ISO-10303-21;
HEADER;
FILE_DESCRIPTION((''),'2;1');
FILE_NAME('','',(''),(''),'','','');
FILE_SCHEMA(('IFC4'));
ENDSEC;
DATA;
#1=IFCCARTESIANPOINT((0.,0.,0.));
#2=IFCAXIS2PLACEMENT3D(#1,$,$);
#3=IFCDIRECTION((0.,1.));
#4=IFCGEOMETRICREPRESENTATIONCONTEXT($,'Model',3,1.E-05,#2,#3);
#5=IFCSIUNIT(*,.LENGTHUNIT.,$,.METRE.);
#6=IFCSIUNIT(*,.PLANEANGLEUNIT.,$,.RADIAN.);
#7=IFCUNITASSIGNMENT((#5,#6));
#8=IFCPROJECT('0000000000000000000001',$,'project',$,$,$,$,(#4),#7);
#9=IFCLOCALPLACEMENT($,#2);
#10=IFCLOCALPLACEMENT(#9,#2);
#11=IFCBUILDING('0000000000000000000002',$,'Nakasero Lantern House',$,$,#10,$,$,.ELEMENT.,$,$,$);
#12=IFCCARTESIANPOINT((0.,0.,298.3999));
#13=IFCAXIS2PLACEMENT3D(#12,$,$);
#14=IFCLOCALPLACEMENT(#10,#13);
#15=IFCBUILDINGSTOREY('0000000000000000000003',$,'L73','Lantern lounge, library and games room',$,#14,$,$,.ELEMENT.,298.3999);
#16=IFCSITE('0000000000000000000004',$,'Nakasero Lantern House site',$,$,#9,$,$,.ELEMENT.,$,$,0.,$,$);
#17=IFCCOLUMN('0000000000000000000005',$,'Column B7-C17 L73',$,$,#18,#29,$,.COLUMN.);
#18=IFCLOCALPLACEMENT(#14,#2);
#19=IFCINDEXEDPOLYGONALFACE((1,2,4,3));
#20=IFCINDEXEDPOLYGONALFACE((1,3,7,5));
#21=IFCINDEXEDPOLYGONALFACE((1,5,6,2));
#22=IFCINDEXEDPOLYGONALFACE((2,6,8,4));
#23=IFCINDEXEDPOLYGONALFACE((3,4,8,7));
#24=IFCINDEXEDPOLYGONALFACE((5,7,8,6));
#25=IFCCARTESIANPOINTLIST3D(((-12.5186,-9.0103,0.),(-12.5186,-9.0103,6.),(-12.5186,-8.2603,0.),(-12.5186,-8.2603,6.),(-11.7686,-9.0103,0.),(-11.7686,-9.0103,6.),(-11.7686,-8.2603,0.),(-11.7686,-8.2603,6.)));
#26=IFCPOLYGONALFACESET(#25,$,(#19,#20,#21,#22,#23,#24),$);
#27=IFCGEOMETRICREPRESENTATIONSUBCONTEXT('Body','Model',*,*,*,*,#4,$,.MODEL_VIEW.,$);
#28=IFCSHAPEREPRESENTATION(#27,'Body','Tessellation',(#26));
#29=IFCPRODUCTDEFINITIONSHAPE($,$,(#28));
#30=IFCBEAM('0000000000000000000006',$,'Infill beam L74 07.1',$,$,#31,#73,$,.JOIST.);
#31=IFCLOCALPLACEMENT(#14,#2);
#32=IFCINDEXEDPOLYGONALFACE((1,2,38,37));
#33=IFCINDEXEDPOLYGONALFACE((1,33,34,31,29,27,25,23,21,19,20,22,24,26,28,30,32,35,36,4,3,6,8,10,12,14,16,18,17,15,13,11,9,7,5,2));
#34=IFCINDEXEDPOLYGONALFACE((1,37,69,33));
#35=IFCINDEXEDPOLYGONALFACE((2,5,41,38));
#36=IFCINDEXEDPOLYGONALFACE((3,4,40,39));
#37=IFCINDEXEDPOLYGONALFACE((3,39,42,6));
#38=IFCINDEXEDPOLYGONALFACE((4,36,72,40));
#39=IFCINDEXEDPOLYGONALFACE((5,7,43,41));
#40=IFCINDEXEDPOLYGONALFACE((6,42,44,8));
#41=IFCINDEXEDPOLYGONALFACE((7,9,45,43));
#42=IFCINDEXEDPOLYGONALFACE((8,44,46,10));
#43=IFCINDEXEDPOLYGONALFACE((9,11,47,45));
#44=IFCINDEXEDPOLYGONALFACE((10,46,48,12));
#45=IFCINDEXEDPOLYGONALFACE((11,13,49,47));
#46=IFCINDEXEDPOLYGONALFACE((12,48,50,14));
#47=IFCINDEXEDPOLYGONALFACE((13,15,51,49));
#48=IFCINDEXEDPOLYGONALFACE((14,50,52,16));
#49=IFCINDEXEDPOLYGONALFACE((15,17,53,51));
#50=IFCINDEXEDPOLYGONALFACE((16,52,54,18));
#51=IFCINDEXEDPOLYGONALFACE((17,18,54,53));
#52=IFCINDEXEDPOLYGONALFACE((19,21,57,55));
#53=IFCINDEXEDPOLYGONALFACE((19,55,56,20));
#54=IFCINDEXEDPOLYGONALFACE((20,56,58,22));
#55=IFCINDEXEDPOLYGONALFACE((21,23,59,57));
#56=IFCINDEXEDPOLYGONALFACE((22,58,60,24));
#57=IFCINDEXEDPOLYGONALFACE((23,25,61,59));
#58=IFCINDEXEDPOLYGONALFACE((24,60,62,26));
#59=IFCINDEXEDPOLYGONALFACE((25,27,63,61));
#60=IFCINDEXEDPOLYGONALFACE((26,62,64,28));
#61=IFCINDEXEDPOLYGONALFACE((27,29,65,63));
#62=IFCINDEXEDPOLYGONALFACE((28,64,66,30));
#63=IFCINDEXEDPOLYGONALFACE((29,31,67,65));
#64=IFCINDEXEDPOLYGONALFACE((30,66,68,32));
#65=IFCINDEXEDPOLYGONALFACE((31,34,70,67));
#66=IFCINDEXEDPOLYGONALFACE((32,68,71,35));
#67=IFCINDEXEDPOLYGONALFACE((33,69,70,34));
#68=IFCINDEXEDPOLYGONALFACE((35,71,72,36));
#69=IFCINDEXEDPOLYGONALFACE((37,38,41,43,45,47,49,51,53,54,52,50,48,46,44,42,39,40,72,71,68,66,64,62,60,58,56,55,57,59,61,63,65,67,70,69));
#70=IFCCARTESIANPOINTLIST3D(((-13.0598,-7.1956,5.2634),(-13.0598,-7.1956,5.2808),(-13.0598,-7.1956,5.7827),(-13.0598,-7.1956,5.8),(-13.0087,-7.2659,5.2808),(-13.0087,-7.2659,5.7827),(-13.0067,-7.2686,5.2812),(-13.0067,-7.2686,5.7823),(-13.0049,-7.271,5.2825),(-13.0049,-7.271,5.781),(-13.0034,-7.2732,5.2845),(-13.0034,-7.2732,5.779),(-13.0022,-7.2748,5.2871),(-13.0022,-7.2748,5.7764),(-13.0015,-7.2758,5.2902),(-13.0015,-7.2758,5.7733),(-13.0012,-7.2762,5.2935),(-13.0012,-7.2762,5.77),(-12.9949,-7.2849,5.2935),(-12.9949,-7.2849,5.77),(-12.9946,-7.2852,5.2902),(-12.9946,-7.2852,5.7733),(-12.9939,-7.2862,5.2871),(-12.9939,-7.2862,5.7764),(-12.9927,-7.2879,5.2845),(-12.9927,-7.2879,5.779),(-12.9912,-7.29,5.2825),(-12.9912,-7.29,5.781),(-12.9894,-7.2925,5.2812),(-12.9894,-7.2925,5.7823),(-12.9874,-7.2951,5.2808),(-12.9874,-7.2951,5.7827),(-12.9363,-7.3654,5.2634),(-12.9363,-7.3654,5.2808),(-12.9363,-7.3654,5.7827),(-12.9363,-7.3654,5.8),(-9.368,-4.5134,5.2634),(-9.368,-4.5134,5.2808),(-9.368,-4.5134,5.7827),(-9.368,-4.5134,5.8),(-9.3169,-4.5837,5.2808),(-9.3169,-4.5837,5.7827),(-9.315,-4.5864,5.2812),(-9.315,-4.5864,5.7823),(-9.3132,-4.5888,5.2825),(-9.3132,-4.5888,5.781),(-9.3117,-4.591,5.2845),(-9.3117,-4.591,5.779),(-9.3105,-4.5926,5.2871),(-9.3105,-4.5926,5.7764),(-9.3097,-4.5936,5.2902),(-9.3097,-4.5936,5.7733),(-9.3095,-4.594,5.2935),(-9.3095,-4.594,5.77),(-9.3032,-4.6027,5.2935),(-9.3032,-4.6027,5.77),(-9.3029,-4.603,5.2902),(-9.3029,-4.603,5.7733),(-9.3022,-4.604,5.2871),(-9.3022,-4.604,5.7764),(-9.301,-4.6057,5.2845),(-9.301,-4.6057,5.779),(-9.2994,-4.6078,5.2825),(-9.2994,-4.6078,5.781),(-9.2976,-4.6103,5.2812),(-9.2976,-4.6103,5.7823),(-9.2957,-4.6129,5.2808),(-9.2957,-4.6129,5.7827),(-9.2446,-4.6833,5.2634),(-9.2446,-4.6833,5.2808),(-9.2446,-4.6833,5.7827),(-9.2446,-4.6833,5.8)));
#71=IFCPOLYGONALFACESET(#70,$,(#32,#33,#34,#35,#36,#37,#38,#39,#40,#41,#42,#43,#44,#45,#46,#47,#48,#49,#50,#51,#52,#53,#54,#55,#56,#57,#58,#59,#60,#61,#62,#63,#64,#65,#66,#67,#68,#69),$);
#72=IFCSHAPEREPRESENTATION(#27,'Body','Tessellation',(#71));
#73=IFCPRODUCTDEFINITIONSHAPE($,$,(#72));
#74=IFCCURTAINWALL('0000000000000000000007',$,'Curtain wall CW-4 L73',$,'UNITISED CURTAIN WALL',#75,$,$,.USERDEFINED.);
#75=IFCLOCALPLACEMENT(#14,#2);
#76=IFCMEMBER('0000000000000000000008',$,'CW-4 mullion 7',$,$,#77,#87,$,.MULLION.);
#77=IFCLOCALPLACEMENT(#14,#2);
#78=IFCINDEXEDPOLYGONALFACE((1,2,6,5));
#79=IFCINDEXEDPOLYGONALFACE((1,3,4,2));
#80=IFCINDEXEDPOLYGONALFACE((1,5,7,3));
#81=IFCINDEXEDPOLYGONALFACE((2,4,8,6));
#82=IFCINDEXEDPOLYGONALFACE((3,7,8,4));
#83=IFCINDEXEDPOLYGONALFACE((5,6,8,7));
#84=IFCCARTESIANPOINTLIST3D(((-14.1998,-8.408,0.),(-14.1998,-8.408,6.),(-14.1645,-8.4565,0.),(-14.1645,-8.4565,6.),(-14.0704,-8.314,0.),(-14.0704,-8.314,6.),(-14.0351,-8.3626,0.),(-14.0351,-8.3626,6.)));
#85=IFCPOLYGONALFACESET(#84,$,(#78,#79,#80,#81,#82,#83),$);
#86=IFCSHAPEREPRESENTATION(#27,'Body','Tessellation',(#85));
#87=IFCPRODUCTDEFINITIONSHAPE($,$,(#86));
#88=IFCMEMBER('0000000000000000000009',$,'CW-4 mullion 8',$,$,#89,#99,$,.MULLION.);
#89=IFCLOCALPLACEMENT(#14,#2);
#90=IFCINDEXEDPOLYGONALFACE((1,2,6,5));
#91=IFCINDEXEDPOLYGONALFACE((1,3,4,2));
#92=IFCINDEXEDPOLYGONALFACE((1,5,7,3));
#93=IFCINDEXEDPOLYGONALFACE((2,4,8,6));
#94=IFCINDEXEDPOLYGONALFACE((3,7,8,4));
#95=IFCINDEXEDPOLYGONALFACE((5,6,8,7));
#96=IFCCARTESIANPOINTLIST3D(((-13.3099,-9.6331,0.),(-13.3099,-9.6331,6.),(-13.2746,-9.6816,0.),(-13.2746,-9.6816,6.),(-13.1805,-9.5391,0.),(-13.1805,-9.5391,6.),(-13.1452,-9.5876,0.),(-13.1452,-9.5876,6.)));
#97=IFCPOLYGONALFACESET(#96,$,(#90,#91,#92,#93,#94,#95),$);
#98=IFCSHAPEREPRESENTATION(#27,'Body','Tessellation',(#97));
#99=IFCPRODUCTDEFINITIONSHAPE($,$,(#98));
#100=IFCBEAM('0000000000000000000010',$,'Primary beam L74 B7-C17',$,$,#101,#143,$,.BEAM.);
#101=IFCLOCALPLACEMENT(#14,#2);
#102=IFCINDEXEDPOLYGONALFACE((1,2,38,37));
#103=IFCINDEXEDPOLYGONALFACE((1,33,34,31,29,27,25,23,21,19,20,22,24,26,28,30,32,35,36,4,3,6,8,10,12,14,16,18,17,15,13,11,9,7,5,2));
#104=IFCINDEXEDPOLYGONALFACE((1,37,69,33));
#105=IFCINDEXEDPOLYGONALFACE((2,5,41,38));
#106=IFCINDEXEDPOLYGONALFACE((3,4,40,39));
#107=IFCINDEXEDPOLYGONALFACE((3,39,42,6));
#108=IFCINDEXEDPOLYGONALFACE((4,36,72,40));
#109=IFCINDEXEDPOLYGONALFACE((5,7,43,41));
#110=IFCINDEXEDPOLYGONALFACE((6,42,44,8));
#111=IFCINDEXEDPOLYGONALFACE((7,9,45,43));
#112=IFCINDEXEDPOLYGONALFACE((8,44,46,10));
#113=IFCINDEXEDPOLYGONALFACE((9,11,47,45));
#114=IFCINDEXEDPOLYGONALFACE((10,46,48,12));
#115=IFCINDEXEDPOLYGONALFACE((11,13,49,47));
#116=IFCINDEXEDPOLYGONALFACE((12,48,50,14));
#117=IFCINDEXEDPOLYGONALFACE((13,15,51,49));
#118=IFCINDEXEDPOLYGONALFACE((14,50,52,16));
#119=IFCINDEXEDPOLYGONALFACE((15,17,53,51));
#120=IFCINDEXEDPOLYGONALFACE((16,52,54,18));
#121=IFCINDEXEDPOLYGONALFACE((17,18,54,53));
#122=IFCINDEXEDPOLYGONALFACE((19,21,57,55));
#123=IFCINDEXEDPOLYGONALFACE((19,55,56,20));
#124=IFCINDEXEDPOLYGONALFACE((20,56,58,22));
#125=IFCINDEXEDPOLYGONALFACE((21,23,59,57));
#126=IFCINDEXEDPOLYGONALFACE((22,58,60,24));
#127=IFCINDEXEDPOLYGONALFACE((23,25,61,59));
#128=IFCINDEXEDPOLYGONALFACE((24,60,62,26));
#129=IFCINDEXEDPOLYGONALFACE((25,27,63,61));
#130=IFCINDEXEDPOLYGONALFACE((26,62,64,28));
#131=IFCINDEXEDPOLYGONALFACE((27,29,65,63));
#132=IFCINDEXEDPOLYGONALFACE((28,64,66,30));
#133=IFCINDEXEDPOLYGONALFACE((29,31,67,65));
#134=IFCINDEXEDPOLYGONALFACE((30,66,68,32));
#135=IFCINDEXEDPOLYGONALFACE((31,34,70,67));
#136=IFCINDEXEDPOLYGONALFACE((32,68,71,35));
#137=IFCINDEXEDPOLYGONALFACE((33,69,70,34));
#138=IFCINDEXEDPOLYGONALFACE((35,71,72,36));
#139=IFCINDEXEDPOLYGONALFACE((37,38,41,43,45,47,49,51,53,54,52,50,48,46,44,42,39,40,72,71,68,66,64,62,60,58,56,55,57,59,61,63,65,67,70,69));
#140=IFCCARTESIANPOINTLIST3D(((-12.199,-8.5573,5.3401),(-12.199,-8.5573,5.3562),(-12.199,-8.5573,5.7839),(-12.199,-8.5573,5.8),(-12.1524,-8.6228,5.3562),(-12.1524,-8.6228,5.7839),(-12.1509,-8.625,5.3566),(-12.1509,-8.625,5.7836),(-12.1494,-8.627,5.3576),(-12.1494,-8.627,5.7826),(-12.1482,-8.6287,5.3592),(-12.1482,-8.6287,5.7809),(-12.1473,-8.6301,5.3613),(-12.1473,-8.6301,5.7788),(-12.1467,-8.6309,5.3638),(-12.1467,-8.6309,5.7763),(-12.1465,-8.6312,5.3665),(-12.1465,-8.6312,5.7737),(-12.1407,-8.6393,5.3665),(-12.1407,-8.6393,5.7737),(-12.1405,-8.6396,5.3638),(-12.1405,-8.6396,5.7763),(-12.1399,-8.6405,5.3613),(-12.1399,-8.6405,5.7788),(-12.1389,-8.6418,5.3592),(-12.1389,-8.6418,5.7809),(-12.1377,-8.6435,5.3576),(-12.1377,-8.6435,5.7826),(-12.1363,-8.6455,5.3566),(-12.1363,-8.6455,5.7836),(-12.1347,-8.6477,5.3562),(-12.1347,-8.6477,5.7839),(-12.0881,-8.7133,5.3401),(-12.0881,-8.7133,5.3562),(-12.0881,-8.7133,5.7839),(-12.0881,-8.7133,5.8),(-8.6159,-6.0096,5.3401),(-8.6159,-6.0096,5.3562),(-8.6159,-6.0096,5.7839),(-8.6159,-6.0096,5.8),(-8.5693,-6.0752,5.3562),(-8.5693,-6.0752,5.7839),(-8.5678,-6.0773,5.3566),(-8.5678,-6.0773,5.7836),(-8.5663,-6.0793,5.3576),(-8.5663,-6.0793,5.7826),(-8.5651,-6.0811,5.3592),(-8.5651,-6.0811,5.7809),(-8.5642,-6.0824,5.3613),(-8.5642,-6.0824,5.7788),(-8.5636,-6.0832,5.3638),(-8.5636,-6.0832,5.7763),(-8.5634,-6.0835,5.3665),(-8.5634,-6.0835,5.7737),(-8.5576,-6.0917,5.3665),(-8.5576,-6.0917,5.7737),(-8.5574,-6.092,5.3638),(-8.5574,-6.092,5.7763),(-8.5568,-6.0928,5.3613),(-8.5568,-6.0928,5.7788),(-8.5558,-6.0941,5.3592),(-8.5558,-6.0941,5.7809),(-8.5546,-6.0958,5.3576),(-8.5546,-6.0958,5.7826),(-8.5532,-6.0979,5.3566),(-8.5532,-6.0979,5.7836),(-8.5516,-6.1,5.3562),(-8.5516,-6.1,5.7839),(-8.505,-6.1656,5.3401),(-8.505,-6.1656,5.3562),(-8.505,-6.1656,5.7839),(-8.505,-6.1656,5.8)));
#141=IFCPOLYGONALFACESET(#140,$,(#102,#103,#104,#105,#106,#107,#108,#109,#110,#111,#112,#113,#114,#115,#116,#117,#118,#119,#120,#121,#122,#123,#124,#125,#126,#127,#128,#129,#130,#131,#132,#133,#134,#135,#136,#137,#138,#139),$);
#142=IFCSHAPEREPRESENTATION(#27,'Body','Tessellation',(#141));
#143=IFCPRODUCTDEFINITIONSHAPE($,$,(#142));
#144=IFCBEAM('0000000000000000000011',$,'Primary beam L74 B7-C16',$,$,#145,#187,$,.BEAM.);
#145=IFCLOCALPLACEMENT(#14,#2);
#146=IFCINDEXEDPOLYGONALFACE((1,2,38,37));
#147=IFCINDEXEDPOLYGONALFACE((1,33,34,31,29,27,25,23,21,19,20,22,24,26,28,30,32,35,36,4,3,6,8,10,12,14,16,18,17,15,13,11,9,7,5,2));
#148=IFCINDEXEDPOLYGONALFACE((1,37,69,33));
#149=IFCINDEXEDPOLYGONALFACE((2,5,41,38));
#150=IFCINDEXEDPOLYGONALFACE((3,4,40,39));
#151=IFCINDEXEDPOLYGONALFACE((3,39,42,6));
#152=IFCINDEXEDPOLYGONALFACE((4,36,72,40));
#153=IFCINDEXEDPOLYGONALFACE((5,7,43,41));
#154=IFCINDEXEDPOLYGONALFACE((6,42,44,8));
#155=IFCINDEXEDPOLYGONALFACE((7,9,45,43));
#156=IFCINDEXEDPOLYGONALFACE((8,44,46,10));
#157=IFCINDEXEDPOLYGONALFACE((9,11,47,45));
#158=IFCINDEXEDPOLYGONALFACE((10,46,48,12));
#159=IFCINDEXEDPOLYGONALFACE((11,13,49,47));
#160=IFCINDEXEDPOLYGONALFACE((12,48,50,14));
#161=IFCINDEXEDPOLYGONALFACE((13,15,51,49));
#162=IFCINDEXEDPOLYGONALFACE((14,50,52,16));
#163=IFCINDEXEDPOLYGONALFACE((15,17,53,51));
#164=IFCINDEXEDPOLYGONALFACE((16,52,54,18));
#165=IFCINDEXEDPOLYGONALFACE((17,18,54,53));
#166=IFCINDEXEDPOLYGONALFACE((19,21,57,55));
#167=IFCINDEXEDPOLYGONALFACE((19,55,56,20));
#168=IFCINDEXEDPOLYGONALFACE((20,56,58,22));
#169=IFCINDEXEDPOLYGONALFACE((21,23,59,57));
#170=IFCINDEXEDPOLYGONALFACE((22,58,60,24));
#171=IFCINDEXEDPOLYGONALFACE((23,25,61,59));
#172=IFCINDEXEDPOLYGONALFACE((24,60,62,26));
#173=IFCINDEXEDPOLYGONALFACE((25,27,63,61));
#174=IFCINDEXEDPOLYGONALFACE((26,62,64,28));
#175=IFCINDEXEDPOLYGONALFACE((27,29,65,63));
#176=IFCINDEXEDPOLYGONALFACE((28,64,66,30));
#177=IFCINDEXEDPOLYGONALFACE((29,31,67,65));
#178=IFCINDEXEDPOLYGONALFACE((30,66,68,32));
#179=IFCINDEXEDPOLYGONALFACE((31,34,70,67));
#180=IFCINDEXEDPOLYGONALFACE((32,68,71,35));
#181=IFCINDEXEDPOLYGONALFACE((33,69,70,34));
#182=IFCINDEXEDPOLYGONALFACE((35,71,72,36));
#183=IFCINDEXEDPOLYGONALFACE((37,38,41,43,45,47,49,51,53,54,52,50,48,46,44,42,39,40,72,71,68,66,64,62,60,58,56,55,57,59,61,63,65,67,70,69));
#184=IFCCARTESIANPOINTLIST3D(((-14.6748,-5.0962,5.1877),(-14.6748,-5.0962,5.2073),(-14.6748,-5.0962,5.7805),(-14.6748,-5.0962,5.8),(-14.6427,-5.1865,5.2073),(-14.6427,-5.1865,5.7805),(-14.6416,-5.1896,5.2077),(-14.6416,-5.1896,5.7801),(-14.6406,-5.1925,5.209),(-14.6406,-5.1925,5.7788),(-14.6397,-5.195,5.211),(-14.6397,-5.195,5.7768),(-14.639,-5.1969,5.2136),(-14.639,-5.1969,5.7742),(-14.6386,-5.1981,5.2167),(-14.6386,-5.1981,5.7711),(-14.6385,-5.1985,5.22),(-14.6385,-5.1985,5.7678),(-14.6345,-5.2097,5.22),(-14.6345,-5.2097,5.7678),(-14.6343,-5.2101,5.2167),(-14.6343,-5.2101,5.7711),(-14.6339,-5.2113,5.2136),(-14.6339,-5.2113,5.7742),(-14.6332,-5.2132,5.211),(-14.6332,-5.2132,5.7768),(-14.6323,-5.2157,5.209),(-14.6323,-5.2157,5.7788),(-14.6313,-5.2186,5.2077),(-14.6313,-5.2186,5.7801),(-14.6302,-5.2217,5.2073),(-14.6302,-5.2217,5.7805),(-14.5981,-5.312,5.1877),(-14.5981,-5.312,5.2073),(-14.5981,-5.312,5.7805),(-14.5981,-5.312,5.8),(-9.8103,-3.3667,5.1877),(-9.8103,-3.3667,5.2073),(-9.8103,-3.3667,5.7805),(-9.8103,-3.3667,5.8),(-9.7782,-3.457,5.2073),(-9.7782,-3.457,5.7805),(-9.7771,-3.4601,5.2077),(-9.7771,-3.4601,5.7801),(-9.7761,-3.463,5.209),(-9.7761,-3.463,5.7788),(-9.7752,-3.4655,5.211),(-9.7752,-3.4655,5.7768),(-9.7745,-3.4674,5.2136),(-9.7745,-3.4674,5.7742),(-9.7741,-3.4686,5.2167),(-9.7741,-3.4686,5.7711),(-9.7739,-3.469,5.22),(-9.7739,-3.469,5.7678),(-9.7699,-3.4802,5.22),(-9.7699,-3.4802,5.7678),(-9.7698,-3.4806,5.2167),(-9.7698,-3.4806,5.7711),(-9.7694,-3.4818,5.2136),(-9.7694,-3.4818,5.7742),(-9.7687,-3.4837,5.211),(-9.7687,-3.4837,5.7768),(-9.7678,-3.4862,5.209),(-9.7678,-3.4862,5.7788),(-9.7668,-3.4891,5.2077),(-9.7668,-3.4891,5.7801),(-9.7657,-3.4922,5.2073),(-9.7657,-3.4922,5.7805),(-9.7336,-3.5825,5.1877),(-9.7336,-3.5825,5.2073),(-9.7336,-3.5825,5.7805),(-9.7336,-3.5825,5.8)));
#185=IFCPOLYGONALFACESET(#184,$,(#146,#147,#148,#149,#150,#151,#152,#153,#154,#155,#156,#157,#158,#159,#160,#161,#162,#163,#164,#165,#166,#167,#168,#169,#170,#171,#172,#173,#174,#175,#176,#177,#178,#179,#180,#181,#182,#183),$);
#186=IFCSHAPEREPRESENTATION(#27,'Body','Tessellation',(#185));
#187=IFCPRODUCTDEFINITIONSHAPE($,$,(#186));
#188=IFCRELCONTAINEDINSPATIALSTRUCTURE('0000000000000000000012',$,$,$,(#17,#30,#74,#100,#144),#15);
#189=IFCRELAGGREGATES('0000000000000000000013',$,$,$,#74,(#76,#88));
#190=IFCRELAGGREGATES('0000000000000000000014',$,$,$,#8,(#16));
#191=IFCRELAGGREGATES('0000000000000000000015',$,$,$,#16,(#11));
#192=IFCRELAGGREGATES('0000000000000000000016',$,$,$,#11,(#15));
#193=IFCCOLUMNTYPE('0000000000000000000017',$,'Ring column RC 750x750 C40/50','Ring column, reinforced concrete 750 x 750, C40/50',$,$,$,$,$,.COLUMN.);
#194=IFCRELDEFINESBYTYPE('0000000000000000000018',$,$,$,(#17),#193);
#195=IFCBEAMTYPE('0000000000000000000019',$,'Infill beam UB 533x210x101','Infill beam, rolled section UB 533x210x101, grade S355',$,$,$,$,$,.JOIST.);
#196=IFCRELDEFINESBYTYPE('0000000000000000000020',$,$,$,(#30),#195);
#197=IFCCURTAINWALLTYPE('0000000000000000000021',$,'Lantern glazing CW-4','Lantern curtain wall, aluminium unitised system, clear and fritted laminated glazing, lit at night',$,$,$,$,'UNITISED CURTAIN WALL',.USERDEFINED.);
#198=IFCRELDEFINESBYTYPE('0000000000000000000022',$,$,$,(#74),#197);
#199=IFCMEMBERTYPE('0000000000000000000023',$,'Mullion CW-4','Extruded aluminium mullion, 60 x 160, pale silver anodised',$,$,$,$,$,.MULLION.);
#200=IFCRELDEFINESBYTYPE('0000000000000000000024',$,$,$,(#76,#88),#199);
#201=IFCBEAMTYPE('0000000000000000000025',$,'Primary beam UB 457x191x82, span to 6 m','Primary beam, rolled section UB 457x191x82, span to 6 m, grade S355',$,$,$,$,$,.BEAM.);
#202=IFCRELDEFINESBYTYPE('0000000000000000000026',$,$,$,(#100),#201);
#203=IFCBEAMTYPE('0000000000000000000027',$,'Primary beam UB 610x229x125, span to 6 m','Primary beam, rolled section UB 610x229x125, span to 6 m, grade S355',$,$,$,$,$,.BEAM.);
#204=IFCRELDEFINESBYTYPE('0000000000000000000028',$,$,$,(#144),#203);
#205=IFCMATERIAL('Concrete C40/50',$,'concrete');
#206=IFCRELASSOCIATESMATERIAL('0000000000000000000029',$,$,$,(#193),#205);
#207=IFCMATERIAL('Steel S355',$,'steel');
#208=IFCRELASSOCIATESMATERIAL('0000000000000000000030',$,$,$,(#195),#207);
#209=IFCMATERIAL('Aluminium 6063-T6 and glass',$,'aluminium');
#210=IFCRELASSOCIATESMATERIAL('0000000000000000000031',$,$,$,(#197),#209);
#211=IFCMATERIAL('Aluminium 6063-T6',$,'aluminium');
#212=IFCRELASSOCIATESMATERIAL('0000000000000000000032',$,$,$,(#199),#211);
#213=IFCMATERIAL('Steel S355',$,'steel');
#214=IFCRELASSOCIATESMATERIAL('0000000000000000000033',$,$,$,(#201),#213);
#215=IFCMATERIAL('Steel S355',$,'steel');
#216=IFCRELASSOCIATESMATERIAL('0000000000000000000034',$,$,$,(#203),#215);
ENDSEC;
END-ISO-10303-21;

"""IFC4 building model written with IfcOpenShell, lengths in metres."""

from ifc_helpers import new_model, si_unit, direction, frame, origin, origin_2d, place, context, subcontext, project, spatial, rectangle, i_section, extrude, material, material_profile, profile_set, type_object, element, aggregate, save


model = new_model("IFC4")

# Units and contexts
model_context = context("Model", 3, precision=1e-05, world=origin(), true_north=direction((0.0, 1.0)))
body_context = subcontext(model_context, "Body", "Model", "MODEL_VIEW")
ifc_project = project(units=[si_unit("LENGTHUNIT", "METRE"), si_unit("PLANEANGLEUNIT", "RADIAN")], contexts=[model_context])

# Site, building, storey
site_placement = place(None, origin())
site = spatial("IfcSite", under=ifc_project, at=site_placement, Name="Nakasero Lantern House site", CompositionType="ELEMENT", RefElevation=0.0)
building_placement = place(site_placement, origin())
building = spatial("IfcBuilding", under=site, at=building_placement, Name="Nakasero Lantern House", CompositionType="ELEMENT")
storey_placement = place(building_placement, frame((0.0, 0.0, 298.3999)))
storey = spatial("IfcBuildingStorey", under=building, at=storey_placement, Name="L73", Description="Lantern lounge, library and games room", CompositionType="ELEMENT", Elevation=298.3999)

# Column
ifc_material_1 = material(Name="Concrete C40/50", Category="concrete")
ifc_material_profile_1 = material_profile(ifc_material_1, rectangle(XDim=0.75, YDim=0.75, at=origin_2d()), Name="RC 750x750")
ifc_profile_set_1 = profile_set([ifc_material_profile_1], Name="Concrete C40/50")
column_type = type_object("IfcColumnType", Name="Ring column RC 750x750 C40/50", Description="Ring column, reinforced concrete 750 x 750, C40/50", PredefinedType="COLUMN", material=ifc_profile_set_1)
column_placement = place(storey_placement, frame((-12.1436, -8.6353, 0.0), z_axis=(0.0, 0.0, 1.0), x_axis=(1.0, 0.0, 0.0)))
element("IfcColumn", 1, at=column_placement, inside=storey, type_object=column_type, Name="Column B7-C17 L73", PredefinedType="COLUMN", context=body_context, shape_type="SweptSolid", body=[
    extrude(rectangle(XDim=0.75, YDim=0.75, at=origin_2d()), origin(), (0.0, 0.0, 1.0), 6.0),
])

# Beam
ifc_material_2 = material(Name="Steel S355", Category="steel")
ifc_material_profile_2 = material_profile(ifc_material_2, i_section(OverallWidth=0.21, OverallDepth=0.5366, WebThickness=0.0107, FlangeThickness=0.0173, FilletRadius=0.0127, at=origin_2d()), Name="UB 533x210x101")
ifc_profile_set_2 = profile_set([ifc_material_profile_2], Name="Steel S355")
beam_type_1 = type_object("IfcBeamType", Name="Infill beam UB 533x210x101", Description="Infill beam, rolled section UB 533x210x101, grade S355", PredefinedType="JOIST", material=ifc_profile_set_2)
beam_1_placement = place(storey_placement, frame((-12.998, -7.2805, 5.5317), z_axis=(0.809018, 0.587784, 0.0), x_axis=(-0.587784, 0.809018, 0.0)))
element("IfcBeam", 2, at=beam_1_placement, inside=storey, type_object=beam_type_1, Name="Infill beam L74 07.1", PredefinedType="JOIST", context=body_context, shape_type="SweptSolid", body=[
    extrude(i_section(OverallWidth=0.21, OverallDepth=0.5366, WebThickness=0.0107, FlangeThickness=0.0173, FilletRadius=0.0127, at=origin_2d()), origin(), (0.0, 0.0, 1.0), 4.5632),
])

# Curtain wall, members
ifc_material_3 = material(Name="Aluminium 6063-T6 and glass", Category="aluminium")
curtain_wall_type = type_object("IfcCurtainWallType", Name="Lantern glazing CW-4", Description="Lantern curtain wall, aluminium unitised system, clear and fritted laminated glazing, lit at night", ElementType="UNITISED CURTAIN WALL", PredefinedType="USERDEFINED", material=ifc_material_3)
curtain_wall_placement = place(storey_placement, origin())
curtain_wall = element("IfcCurtainWall", 3, at=curtain_wall_placement, inside=storey, type_object=curtain_wall_type, Name="Curtain wall CW-4 L73", ObjectType="UNITISED CURTAIN WALL", PredefinedType="USERDEFINED")
ifc_material_4 = material(Name="Aluminium 6063-T6", Category="aluminium")
ifc_material_profile_3 = material_profile(ifc_material_4, rectangle(XDim=0.0601, YDim=0.1599, at=origin_2d()), Name="CW-4 mullion 60x160")
ifc_profile_set_3 = profile_set([ifc_material_profile_3], Name="Aluminium 6063-T6")
member_type_1 = type_object("IfcMemberType", Name="Mullion CW-4", Description="Extruded aluminium mullion, 60 x 160, pale silver anodised", PredefinedType="MULLION", material=ifc_profile_set_3)
member_1_placement = place(storey_placement, frame((-14.1174, -8.3853, 0.0), z_axis=(0.0, 0.0, 1.0), x_axis=(0.587785, -0.809017, 0.0)))
member_1 = element("IfcMember", 4, at=member_1_placement, type_object=member_type_1, Name="CW-4 mullion 7", PredefinedType="MULLION", context=body_context, shape_type="SweptSolid", body=[
    extrude(rectangle(XDim=0.0601, YDim=0.1599, at=origin_2d()), origin(), (0.0, 0.0, 1.0), 6.0),
])
member_2_placement = place(storey_placement, frame((-13.2275, -9.6104, 0.0), z_axis=(0.0, 0.0, 1.0), x_axis=(0.587785, -0.809017, 0.0)))
member_2 = element("IfcMember", 5, at=member_2_placement, type_object=member_type_1, Name="CW-4 mullion 8", PredefinedType="MULLION", context=body_context, shape_type="SweptSolid", body=[
    extrude(rectangle(XDim=0.0601, YDim=0.1599, at=origin_2d()), origin(), (0.0, 0.0, 1.0), 6.0),
])

# Beams
ifc_material_5 = material(Name="Steel S355", Category="steel")
ifc_material_profile_4 = material_profile(ifc_material_5, i_section(OverallWidth=0.1914, OverallDepth=0.46, WebThickness=0.01, FlangeThickness=0.0161, FilletRadius=0.0103, at=origin_2d()), Name="UB 457x191x82")
ifc_profile_set_4 = profile_set([ifc_material_profile_4], Name="Steel S355")
beam_type_2 = type_object("IfcBeamType", Name="Primary beam UB 457x191x82, span to 6 m", Description="Primary beam, rolled section UB 457x191x82, span to 6 m, grade S355", PredefinedType="BEAM", material=ifc_profile_set_4)
beam_2_placement = place(storey_placement, frame((-12.1436, -8.6353, 5.5701), z_axis=(0.814989, 0.579477, 0.0), x_axis=(-0.579477, 0.814989, 0.0)))
element("IfcBeam", 6, at=beam_2_placement, inside=storey, type_object=beam_type_2, Name="Primary beam L74 B7-C17", PredefinedType="BEAM", context=body_context, shape_type="SweptSolid", body=[
    extrude(i_section(OverallWidth=0.1914, OverallDepth=0.46, WebThickness=0.01, FlangeThickness=0.0161, FilletRadius=0.0103, at=origin_2d()), origin(), (0.0, 0.0, 1.0), 4.3965),
])
ifc_material_6 = material(Name="Steel S355", Category="steel")
ifc_material_profile_5 = material_profile(ifc_material_6, i_section(OverallWidth=0.229, OverallDepth=0.6123, WebThickness=0.012, FlangeThickness=0.0195, FilletRadius=0.0127, at=origin_2d()), Name="UB 610x229x125")
ifc_profile_set_5 = profile_set([ifc_material_profile_5], Name="Steel S355")
beam_type_3 = type_object("IfcBeamType", Name="Primary beam UB 610x229x125, span to 6 m", Description="Primary beam, rolled section UB 610x229x125, span to 6 m, grade S355", PredefinedType="BEAM", material=ifc_profile_set_5)
beam_3_placement = place(storey_placement, frame((-14.6365, -5.2041, 5.4939), z_axis=(0.942221, 0.334991, 0.0), x_axis=(-0.334991, 0.942221, 0.0)))
element("IfcBeam", 7, at=beam_3_placement, inside=storey, type_object=beam_type_3, Name="Primary beam L74 B7-C16", PredefinedType="BEAM", context=body_context, shape_type="SweptSolid", body=[
    extrude(i_section(OverallWidth=0.229, OverallDepth=0.6123, WebThickness=0.012, FlangeThickness=0.0195, FilletRadius=0.0127, at=origin_2d()), origin(), (0.0, 0.0, 1.0), 5.1628),
])

aggregate(curtain_wall, [member_1, member_2])

save(model, "model.ifc")
